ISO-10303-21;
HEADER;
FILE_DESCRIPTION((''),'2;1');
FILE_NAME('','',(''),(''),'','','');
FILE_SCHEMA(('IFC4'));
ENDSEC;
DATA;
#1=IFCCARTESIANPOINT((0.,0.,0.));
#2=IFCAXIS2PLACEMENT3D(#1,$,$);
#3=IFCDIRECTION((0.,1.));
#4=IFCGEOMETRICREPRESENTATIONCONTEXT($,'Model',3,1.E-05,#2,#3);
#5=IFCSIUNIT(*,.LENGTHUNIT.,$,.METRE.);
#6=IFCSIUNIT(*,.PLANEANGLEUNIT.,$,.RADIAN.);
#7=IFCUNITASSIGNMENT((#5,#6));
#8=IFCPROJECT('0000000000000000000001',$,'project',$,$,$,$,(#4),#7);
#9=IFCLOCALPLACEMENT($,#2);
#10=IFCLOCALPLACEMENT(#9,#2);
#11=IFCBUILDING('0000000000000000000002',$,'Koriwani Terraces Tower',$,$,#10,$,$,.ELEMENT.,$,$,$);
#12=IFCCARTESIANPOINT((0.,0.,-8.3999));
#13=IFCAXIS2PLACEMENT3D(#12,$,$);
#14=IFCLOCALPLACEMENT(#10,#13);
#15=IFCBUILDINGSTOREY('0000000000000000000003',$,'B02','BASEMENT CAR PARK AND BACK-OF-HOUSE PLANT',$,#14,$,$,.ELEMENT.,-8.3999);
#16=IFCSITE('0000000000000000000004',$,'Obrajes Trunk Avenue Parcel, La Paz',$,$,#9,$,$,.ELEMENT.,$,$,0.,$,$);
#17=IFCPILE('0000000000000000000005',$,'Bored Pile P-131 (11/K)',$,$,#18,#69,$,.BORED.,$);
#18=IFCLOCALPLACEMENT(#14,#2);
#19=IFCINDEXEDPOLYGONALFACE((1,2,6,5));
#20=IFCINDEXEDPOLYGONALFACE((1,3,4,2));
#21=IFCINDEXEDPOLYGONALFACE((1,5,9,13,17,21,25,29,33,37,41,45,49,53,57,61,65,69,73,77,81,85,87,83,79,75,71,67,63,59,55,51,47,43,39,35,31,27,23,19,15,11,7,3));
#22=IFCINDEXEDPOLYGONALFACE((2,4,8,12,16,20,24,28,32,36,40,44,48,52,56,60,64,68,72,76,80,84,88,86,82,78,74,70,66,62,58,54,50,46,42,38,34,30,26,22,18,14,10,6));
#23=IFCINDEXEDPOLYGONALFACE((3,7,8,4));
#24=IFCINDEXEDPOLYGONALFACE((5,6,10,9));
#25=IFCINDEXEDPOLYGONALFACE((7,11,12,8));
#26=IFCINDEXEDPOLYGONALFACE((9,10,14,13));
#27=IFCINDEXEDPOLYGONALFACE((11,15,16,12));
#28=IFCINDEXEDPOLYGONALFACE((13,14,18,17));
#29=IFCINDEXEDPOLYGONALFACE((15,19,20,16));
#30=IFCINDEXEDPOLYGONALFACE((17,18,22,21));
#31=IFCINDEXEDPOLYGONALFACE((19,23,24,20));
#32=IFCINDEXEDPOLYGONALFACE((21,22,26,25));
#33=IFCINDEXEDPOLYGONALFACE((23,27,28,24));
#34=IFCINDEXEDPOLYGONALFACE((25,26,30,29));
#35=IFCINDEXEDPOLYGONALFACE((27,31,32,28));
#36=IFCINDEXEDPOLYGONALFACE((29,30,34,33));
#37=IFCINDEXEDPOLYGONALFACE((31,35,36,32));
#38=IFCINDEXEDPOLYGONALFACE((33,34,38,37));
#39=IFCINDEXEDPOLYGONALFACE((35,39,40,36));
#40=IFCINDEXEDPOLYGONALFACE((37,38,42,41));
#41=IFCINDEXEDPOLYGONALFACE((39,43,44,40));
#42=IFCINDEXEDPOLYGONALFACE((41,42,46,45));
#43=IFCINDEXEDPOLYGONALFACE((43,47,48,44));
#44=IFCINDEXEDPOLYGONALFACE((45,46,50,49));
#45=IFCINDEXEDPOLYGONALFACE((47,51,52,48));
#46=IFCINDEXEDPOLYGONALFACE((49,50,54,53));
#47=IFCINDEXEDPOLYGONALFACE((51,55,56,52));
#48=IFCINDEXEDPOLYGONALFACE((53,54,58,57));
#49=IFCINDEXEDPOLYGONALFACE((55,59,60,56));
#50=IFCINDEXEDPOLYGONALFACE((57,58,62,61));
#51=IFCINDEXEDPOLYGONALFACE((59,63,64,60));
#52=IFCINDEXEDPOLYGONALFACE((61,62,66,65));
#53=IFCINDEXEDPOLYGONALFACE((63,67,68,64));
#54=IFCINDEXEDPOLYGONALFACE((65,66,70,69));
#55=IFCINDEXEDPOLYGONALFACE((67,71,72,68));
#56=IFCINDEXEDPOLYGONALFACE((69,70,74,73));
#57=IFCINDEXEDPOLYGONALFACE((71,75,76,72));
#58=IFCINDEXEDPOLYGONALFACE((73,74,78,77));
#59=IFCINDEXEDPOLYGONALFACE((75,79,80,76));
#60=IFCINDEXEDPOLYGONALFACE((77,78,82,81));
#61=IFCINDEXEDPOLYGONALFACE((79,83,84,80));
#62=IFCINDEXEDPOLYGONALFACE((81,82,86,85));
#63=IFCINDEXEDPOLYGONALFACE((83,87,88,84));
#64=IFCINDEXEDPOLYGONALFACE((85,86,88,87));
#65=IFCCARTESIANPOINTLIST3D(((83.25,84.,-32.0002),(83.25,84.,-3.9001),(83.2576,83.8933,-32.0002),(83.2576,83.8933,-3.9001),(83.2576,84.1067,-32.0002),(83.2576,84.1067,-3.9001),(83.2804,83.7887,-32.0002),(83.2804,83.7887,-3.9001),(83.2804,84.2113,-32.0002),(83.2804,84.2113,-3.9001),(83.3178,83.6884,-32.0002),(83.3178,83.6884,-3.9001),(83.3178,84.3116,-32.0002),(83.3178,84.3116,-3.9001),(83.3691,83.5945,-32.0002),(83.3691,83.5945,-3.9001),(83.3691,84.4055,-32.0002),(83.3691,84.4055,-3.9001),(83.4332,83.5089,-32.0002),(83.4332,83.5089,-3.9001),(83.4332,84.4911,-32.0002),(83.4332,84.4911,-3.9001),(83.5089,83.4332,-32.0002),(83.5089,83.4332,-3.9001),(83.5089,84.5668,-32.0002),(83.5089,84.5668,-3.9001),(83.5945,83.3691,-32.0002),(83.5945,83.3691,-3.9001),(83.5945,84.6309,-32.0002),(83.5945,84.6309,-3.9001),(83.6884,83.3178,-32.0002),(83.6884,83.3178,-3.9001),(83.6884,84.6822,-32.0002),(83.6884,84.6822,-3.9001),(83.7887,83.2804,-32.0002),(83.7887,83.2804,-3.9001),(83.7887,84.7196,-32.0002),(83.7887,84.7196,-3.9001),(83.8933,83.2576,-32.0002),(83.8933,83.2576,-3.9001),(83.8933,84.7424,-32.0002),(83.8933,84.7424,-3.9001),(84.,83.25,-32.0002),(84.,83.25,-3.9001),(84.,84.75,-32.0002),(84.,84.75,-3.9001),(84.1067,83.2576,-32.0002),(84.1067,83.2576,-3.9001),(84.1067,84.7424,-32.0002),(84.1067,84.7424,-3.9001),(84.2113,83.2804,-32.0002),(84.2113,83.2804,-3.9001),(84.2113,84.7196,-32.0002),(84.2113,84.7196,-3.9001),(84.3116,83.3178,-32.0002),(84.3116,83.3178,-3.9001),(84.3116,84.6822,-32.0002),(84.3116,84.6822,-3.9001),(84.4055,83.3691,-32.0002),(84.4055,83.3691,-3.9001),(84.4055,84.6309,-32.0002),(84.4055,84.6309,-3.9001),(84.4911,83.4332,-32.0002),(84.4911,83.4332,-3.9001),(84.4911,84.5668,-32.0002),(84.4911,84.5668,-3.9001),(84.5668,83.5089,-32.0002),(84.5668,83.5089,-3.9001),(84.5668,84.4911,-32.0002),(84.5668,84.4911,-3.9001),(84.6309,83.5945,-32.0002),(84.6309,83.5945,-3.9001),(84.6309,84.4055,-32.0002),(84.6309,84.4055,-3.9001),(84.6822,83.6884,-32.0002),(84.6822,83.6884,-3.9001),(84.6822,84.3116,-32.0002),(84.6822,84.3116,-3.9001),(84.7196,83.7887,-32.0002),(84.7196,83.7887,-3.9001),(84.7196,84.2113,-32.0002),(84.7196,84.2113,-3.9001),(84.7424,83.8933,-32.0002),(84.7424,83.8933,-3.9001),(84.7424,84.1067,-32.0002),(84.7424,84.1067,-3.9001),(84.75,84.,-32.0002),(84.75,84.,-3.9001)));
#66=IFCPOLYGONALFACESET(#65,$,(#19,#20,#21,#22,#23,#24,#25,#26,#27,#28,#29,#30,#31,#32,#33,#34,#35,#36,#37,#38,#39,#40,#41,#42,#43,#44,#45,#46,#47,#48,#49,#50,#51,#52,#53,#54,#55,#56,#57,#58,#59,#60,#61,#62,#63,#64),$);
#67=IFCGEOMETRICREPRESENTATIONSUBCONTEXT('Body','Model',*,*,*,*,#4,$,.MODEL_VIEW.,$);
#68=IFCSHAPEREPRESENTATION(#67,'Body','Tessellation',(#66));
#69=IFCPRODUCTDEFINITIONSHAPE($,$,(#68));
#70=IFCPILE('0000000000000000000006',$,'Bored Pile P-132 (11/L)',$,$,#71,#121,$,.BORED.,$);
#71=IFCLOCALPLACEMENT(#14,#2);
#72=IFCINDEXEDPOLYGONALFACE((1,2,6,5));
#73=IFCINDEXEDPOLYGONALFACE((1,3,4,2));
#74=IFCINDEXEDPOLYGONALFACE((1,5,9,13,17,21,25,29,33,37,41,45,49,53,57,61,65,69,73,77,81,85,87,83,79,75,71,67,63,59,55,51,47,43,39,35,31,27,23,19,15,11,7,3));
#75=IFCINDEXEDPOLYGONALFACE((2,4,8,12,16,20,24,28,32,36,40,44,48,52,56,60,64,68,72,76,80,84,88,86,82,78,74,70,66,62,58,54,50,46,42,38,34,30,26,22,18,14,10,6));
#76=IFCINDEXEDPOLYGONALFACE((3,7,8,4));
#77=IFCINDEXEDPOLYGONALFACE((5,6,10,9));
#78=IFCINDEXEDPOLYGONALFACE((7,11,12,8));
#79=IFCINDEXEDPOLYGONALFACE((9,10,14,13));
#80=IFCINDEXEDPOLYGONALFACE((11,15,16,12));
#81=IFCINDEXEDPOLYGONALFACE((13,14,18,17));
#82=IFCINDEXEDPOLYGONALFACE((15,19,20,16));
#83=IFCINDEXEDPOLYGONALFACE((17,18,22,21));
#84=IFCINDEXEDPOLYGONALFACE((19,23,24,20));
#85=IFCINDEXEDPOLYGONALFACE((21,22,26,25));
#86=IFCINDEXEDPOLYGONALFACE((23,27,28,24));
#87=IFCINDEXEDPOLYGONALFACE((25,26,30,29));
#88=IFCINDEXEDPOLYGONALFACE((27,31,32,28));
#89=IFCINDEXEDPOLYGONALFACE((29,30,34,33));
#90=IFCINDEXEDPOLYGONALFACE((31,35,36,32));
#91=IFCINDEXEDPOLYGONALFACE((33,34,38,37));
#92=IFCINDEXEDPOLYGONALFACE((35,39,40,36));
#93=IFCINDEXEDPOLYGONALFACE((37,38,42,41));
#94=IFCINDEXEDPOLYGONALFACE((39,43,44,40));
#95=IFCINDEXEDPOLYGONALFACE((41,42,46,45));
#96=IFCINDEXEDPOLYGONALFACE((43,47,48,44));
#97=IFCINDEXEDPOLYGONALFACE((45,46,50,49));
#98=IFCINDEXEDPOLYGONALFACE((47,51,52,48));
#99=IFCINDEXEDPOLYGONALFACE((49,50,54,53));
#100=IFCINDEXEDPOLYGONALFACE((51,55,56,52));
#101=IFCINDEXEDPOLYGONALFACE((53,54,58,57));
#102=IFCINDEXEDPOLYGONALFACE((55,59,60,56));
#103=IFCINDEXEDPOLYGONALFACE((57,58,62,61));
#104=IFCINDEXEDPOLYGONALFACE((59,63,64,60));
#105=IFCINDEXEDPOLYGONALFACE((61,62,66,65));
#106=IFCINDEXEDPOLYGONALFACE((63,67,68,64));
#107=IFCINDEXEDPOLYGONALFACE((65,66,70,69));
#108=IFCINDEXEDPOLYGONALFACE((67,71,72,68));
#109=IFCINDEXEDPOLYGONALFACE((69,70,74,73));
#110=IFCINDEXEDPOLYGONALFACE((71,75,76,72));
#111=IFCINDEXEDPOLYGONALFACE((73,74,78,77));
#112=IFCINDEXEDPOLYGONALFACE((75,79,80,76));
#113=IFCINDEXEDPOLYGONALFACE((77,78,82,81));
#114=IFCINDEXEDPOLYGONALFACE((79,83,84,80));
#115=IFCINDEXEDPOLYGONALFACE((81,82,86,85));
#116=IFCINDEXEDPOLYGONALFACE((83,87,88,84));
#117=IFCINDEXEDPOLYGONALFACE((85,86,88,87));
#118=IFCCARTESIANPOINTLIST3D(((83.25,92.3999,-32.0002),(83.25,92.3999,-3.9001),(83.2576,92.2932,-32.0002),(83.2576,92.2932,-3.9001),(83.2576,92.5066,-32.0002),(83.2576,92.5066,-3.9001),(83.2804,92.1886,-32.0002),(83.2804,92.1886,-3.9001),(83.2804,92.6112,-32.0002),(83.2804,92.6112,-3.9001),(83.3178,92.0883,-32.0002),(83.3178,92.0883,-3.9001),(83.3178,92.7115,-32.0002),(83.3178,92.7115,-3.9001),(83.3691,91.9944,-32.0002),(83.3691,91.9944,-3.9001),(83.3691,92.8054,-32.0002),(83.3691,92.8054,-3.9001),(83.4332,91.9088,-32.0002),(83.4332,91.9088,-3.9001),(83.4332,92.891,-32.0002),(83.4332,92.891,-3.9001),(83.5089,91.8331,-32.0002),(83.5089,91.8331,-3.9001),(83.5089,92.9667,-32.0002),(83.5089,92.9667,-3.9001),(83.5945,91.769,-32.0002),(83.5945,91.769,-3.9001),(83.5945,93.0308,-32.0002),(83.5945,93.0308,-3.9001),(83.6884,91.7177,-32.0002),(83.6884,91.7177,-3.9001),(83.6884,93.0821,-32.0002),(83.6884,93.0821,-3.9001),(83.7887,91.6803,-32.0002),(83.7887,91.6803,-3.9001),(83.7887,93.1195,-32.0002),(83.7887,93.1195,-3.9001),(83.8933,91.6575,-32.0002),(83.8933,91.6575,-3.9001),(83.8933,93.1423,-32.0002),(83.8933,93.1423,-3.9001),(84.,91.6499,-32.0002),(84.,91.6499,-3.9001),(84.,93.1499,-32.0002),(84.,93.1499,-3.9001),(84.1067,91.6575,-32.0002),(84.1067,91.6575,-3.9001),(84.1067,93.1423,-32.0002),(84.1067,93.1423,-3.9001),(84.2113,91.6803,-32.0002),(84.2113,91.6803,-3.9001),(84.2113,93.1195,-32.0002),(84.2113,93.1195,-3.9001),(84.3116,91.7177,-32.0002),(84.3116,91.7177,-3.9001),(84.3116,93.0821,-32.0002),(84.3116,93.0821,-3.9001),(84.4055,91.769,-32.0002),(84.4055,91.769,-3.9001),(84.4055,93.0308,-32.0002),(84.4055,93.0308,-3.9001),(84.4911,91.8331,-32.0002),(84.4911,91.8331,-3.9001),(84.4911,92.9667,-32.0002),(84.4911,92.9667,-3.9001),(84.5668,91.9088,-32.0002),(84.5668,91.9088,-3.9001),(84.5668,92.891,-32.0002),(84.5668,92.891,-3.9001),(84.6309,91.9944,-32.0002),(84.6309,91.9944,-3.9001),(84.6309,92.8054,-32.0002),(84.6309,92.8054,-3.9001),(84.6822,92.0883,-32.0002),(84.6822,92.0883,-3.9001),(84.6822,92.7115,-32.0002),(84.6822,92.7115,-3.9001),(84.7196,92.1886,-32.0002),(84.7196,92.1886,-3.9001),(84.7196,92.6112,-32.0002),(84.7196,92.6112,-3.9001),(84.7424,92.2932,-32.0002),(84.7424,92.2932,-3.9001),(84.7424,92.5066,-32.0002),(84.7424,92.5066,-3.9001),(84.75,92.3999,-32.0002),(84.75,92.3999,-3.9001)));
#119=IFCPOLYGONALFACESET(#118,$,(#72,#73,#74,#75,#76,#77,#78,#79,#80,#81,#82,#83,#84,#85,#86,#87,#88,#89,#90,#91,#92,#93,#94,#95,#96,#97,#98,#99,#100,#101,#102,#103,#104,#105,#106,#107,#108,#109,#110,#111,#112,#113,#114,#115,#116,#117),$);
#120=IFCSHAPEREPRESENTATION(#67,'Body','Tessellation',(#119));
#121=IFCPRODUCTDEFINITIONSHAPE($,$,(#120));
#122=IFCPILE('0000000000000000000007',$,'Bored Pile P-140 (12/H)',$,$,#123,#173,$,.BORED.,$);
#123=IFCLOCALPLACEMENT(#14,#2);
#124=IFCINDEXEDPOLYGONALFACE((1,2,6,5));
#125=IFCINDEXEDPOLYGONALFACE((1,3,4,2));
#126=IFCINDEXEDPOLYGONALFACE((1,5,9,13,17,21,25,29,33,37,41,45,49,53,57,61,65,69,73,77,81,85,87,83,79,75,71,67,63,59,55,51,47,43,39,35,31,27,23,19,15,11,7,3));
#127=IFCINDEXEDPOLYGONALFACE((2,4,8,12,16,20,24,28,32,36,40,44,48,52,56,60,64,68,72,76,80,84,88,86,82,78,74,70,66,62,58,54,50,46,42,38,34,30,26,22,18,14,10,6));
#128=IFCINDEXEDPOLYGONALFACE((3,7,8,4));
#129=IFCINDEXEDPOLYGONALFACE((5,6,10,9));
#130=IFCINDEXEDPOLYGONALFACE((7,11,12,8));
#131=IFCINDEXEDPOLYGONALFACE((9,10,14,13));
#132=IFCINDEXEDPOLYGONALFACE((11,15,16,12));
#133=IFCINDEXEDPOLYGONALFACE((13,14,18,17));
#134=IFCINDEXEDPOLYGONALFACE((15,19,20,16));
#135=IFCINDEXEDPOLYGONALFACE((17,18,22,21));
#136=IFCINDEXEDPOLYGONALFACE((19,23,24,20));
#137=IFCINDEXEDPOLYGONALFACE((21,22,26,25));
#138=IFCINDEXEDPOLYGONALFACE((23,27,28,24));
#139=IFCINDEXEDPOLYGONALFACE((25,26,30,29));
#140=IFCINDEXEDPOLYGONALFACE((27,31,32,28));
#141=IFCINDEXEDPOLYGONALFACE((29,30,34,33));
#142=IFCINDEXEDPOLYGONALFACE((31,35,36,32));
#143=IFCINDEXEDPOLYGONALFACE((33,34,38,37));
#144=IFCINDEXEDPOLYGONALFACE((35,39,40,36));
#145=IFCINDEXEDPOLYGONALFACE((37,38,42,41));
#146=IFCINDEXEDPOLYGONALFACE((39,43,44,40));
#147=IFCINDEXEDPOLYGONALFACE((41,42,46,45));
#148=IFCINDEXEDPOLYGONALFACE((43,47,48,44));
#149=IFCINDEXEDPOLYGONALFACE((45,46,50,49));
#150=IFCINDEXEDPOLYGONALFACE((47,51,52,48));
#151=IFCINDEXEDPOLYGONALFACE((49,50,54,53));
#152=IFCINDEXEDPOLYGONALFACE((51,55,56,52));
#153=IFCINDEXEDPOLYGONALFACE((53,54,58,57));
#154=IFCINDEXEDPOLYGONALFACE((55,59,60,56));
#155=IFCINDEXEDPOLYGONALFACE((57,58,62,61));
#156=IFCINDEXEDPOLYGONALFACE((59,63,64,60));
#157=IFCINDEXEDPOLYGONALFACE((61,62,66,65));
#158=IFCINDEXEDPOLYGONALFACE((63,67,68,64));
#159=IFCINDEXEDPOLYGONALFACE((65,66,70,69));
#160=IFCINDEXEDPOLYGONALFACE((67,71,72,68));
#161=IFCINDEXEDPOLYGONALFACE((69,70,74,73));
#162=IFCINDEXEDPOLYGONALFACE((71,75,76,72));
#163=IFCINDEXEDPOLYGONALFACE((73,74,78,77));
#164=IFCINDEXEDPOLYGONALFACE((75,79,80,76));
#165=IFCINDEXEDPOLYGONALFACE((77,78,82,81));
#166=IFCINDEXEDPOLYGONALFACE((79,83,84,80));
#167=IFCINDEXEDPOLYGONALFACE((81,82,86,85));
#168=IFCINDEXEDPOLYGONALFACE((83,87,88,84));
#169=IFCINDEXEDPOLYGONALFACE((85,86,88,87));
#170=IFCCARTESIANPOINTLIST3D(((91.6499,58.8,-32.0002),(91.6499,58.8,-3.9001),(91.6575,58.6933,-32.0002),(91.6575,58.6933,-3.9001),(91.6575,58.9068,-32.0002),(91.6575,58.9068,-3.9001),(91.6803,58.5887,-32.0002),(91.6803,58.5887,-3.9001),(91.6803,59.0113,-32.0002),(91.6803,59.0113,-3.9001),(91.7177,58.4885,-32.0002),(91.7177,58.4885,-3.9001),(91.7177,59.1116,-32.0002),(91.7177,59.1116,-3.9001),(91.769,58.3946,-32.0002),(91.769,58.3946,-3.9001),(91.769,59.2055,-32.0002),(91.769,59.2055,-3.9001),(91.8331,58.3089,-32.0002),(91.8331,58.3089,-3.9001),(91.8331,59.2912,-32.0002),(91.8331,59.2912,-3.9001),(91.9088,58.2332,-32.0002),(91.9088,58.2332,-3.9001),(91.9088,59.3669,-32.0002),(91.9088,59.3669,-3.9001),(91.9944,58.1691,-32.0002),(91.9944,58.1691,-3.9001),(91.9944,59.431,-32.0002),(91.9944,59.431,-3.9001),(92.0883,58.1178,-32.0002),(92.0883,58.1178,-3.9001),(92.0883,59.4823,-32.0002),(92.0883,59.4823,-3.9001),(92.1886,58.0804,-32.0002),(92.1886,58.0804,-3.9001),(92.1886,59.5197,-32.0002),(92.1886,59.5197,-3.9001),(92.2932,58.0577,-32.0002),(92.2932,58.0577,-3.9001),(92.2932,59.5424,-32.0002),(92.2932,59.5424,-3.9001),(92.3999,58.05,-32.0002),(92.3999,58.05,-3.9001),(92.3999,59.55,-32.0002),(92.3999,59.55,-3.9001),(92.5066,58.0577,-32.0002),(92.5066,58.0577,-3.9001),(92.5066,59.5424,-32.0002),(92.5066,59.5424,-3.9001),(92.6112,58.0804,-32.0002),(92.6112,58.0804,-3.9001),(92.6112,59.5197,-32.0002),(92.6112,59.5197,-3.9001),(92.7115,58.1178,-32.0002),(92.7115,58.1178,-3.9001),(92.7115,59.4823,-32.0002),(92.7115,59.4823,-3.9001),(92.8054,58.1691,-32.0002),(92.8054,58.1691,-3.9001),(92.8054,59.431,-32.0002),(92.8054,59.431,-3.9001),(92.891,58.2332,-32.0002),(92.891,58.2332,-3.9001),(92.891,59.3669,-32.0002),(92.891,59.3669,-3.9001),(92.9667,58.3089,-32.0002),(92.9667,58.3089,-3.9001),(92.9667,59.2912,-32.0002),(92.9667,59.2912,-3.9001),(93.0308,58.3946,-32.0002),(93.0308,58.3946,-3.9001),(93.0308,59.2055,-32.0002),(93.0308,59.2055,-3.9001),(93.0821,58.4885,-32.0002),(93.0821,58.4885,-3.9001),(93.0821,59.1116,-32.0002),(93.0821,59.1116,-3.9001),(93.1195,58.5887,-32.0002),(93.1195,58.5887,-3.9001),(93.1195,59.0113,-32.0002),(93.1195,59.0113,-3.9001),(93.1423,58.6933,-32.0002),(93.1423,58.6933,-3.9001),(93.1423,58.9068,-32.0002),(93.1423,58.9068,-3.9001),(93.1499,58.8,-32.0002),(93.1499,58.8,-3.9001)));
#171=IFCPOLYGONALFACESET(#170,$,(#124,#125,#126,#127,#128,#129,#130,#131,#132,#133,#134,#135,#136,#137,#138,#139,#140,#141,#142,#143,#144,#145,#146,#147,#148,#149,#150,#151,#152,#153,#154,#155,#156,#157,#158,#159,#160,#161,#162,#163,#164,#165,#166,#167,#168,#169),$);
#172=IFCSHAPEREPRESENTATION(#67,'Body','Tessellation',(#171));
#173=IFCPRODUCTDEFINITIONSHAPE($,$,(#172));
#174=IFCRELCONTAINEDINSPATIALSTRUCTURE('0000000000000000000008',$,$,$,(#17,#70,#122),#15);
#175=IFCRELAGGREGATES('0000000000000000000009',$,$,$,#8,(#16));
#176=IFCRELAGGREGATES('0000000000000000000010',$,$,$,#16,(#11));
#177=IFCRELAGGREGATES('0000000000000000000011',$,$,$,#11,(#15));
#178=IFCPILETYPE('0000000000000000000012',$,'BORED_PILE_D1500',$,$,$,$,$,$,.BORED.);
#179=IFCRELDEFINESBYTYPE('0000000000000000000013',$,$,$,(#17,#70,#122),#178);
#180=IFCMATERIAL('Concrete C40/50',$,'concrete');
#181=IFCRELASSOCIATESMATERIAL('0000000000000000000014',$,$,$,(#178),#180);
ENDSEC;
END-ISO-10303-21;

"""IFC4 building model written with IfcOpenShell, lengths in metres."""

from ifc_helpers import new_model, si_unit, direction, frame, origin, origin_2d, place, context, subcontext, project, spatial, circle, extrude, material, material_profile, profile_set, type_object, element, save


model = new_model("IFC4")

# Units and contexts
model_context = context("Model", 3, precision=1e-05, world=origin(), true_north=direction((0.0, 1.0)))
body_context = subcontext(model_context, "Body", "Model", "MODEL_VIEW")
ifc_project = project(units=[si_unit("LENGTHUNIT", "METRE"), si_unit("PLANEANGLEUNIT", "RADIAN")], contexts=[model_context])

# Site, building, storey
site_placement = place(None, origin())
site = spatial("IfcSite", under=ifc_project, at=site_placement, Name="Obrajes Trunk Avenue Parcel, La Paz", CompositionType="ELEMENT", RefElevation=0.0)
building_placement = place(site_placement, origin())
building = spatial("IfcBuilding", under=site, at=building_placement, Name="Koriwani Terraces Tower", CompositionType="ELEMENT")
storey_placement = place(building_placement, frame((0.0, 0.0, -8.3999)))
storey = spatial("IfcBuildingStorey", under=building, at=storey_placement, Name="B02", Description="BASEMENT CAR PARK AND BACK-OF-HOUSE PLANT", CompositionType="ELEMENT", Elevation=-8.3999)

# Piles
ifc_material_1 = material(Name="Concrete C40/50", Category="concrete")
ifc_material_profile_1 = material_profile(ifc_material_1, circle(Radius=0.75, at=origin_2d()), Name="Concrete C40/50")
ifc_profile_set_1 = profile_set([ifc_material_profile_1], Name="Concrete C40/50")
pile_type = type_object("IfcPileType", Name="BORED_PILE_D1500", PredefinedType="BORED", material=ifc_profile_set_1)
for number, where, z_axis, x_axis, name in (
    (1, (84.0, 84.0, -3.9001), (0.0, 0.0, -1.0), (1.0, 0.0, 0.0), "Bored Pile P-131 (11/K)"),
    (2, (84.0, 92.3999, -3.9001), (0.0, 0.0, -1.0), (1.0, 0.0, 0.0), "Bored Pile P-132 (11/L)"),
    (3, (92.3999, 58.8, -3.9001), (0.0, 0.0, -1.0), (1.0, 0.0, 0.0), "Bored Pile P-140 (12/H)"),
):
    element("IfcPile", number, at=place(storey_placement, frame(where, z_axis=z_axis, x_axis=x_axis)), inside=storey, type_object=pile_type, Name=name, PredefinedType="BORED", context=body_context, shape_type="SweptSolid", body=[
        extrude(circle(Radius=0.75, at=origin_2d()), origin(), (0.0, 0.0, 1.0), 28.1001),
    ])

save(model, "model.ifc")
